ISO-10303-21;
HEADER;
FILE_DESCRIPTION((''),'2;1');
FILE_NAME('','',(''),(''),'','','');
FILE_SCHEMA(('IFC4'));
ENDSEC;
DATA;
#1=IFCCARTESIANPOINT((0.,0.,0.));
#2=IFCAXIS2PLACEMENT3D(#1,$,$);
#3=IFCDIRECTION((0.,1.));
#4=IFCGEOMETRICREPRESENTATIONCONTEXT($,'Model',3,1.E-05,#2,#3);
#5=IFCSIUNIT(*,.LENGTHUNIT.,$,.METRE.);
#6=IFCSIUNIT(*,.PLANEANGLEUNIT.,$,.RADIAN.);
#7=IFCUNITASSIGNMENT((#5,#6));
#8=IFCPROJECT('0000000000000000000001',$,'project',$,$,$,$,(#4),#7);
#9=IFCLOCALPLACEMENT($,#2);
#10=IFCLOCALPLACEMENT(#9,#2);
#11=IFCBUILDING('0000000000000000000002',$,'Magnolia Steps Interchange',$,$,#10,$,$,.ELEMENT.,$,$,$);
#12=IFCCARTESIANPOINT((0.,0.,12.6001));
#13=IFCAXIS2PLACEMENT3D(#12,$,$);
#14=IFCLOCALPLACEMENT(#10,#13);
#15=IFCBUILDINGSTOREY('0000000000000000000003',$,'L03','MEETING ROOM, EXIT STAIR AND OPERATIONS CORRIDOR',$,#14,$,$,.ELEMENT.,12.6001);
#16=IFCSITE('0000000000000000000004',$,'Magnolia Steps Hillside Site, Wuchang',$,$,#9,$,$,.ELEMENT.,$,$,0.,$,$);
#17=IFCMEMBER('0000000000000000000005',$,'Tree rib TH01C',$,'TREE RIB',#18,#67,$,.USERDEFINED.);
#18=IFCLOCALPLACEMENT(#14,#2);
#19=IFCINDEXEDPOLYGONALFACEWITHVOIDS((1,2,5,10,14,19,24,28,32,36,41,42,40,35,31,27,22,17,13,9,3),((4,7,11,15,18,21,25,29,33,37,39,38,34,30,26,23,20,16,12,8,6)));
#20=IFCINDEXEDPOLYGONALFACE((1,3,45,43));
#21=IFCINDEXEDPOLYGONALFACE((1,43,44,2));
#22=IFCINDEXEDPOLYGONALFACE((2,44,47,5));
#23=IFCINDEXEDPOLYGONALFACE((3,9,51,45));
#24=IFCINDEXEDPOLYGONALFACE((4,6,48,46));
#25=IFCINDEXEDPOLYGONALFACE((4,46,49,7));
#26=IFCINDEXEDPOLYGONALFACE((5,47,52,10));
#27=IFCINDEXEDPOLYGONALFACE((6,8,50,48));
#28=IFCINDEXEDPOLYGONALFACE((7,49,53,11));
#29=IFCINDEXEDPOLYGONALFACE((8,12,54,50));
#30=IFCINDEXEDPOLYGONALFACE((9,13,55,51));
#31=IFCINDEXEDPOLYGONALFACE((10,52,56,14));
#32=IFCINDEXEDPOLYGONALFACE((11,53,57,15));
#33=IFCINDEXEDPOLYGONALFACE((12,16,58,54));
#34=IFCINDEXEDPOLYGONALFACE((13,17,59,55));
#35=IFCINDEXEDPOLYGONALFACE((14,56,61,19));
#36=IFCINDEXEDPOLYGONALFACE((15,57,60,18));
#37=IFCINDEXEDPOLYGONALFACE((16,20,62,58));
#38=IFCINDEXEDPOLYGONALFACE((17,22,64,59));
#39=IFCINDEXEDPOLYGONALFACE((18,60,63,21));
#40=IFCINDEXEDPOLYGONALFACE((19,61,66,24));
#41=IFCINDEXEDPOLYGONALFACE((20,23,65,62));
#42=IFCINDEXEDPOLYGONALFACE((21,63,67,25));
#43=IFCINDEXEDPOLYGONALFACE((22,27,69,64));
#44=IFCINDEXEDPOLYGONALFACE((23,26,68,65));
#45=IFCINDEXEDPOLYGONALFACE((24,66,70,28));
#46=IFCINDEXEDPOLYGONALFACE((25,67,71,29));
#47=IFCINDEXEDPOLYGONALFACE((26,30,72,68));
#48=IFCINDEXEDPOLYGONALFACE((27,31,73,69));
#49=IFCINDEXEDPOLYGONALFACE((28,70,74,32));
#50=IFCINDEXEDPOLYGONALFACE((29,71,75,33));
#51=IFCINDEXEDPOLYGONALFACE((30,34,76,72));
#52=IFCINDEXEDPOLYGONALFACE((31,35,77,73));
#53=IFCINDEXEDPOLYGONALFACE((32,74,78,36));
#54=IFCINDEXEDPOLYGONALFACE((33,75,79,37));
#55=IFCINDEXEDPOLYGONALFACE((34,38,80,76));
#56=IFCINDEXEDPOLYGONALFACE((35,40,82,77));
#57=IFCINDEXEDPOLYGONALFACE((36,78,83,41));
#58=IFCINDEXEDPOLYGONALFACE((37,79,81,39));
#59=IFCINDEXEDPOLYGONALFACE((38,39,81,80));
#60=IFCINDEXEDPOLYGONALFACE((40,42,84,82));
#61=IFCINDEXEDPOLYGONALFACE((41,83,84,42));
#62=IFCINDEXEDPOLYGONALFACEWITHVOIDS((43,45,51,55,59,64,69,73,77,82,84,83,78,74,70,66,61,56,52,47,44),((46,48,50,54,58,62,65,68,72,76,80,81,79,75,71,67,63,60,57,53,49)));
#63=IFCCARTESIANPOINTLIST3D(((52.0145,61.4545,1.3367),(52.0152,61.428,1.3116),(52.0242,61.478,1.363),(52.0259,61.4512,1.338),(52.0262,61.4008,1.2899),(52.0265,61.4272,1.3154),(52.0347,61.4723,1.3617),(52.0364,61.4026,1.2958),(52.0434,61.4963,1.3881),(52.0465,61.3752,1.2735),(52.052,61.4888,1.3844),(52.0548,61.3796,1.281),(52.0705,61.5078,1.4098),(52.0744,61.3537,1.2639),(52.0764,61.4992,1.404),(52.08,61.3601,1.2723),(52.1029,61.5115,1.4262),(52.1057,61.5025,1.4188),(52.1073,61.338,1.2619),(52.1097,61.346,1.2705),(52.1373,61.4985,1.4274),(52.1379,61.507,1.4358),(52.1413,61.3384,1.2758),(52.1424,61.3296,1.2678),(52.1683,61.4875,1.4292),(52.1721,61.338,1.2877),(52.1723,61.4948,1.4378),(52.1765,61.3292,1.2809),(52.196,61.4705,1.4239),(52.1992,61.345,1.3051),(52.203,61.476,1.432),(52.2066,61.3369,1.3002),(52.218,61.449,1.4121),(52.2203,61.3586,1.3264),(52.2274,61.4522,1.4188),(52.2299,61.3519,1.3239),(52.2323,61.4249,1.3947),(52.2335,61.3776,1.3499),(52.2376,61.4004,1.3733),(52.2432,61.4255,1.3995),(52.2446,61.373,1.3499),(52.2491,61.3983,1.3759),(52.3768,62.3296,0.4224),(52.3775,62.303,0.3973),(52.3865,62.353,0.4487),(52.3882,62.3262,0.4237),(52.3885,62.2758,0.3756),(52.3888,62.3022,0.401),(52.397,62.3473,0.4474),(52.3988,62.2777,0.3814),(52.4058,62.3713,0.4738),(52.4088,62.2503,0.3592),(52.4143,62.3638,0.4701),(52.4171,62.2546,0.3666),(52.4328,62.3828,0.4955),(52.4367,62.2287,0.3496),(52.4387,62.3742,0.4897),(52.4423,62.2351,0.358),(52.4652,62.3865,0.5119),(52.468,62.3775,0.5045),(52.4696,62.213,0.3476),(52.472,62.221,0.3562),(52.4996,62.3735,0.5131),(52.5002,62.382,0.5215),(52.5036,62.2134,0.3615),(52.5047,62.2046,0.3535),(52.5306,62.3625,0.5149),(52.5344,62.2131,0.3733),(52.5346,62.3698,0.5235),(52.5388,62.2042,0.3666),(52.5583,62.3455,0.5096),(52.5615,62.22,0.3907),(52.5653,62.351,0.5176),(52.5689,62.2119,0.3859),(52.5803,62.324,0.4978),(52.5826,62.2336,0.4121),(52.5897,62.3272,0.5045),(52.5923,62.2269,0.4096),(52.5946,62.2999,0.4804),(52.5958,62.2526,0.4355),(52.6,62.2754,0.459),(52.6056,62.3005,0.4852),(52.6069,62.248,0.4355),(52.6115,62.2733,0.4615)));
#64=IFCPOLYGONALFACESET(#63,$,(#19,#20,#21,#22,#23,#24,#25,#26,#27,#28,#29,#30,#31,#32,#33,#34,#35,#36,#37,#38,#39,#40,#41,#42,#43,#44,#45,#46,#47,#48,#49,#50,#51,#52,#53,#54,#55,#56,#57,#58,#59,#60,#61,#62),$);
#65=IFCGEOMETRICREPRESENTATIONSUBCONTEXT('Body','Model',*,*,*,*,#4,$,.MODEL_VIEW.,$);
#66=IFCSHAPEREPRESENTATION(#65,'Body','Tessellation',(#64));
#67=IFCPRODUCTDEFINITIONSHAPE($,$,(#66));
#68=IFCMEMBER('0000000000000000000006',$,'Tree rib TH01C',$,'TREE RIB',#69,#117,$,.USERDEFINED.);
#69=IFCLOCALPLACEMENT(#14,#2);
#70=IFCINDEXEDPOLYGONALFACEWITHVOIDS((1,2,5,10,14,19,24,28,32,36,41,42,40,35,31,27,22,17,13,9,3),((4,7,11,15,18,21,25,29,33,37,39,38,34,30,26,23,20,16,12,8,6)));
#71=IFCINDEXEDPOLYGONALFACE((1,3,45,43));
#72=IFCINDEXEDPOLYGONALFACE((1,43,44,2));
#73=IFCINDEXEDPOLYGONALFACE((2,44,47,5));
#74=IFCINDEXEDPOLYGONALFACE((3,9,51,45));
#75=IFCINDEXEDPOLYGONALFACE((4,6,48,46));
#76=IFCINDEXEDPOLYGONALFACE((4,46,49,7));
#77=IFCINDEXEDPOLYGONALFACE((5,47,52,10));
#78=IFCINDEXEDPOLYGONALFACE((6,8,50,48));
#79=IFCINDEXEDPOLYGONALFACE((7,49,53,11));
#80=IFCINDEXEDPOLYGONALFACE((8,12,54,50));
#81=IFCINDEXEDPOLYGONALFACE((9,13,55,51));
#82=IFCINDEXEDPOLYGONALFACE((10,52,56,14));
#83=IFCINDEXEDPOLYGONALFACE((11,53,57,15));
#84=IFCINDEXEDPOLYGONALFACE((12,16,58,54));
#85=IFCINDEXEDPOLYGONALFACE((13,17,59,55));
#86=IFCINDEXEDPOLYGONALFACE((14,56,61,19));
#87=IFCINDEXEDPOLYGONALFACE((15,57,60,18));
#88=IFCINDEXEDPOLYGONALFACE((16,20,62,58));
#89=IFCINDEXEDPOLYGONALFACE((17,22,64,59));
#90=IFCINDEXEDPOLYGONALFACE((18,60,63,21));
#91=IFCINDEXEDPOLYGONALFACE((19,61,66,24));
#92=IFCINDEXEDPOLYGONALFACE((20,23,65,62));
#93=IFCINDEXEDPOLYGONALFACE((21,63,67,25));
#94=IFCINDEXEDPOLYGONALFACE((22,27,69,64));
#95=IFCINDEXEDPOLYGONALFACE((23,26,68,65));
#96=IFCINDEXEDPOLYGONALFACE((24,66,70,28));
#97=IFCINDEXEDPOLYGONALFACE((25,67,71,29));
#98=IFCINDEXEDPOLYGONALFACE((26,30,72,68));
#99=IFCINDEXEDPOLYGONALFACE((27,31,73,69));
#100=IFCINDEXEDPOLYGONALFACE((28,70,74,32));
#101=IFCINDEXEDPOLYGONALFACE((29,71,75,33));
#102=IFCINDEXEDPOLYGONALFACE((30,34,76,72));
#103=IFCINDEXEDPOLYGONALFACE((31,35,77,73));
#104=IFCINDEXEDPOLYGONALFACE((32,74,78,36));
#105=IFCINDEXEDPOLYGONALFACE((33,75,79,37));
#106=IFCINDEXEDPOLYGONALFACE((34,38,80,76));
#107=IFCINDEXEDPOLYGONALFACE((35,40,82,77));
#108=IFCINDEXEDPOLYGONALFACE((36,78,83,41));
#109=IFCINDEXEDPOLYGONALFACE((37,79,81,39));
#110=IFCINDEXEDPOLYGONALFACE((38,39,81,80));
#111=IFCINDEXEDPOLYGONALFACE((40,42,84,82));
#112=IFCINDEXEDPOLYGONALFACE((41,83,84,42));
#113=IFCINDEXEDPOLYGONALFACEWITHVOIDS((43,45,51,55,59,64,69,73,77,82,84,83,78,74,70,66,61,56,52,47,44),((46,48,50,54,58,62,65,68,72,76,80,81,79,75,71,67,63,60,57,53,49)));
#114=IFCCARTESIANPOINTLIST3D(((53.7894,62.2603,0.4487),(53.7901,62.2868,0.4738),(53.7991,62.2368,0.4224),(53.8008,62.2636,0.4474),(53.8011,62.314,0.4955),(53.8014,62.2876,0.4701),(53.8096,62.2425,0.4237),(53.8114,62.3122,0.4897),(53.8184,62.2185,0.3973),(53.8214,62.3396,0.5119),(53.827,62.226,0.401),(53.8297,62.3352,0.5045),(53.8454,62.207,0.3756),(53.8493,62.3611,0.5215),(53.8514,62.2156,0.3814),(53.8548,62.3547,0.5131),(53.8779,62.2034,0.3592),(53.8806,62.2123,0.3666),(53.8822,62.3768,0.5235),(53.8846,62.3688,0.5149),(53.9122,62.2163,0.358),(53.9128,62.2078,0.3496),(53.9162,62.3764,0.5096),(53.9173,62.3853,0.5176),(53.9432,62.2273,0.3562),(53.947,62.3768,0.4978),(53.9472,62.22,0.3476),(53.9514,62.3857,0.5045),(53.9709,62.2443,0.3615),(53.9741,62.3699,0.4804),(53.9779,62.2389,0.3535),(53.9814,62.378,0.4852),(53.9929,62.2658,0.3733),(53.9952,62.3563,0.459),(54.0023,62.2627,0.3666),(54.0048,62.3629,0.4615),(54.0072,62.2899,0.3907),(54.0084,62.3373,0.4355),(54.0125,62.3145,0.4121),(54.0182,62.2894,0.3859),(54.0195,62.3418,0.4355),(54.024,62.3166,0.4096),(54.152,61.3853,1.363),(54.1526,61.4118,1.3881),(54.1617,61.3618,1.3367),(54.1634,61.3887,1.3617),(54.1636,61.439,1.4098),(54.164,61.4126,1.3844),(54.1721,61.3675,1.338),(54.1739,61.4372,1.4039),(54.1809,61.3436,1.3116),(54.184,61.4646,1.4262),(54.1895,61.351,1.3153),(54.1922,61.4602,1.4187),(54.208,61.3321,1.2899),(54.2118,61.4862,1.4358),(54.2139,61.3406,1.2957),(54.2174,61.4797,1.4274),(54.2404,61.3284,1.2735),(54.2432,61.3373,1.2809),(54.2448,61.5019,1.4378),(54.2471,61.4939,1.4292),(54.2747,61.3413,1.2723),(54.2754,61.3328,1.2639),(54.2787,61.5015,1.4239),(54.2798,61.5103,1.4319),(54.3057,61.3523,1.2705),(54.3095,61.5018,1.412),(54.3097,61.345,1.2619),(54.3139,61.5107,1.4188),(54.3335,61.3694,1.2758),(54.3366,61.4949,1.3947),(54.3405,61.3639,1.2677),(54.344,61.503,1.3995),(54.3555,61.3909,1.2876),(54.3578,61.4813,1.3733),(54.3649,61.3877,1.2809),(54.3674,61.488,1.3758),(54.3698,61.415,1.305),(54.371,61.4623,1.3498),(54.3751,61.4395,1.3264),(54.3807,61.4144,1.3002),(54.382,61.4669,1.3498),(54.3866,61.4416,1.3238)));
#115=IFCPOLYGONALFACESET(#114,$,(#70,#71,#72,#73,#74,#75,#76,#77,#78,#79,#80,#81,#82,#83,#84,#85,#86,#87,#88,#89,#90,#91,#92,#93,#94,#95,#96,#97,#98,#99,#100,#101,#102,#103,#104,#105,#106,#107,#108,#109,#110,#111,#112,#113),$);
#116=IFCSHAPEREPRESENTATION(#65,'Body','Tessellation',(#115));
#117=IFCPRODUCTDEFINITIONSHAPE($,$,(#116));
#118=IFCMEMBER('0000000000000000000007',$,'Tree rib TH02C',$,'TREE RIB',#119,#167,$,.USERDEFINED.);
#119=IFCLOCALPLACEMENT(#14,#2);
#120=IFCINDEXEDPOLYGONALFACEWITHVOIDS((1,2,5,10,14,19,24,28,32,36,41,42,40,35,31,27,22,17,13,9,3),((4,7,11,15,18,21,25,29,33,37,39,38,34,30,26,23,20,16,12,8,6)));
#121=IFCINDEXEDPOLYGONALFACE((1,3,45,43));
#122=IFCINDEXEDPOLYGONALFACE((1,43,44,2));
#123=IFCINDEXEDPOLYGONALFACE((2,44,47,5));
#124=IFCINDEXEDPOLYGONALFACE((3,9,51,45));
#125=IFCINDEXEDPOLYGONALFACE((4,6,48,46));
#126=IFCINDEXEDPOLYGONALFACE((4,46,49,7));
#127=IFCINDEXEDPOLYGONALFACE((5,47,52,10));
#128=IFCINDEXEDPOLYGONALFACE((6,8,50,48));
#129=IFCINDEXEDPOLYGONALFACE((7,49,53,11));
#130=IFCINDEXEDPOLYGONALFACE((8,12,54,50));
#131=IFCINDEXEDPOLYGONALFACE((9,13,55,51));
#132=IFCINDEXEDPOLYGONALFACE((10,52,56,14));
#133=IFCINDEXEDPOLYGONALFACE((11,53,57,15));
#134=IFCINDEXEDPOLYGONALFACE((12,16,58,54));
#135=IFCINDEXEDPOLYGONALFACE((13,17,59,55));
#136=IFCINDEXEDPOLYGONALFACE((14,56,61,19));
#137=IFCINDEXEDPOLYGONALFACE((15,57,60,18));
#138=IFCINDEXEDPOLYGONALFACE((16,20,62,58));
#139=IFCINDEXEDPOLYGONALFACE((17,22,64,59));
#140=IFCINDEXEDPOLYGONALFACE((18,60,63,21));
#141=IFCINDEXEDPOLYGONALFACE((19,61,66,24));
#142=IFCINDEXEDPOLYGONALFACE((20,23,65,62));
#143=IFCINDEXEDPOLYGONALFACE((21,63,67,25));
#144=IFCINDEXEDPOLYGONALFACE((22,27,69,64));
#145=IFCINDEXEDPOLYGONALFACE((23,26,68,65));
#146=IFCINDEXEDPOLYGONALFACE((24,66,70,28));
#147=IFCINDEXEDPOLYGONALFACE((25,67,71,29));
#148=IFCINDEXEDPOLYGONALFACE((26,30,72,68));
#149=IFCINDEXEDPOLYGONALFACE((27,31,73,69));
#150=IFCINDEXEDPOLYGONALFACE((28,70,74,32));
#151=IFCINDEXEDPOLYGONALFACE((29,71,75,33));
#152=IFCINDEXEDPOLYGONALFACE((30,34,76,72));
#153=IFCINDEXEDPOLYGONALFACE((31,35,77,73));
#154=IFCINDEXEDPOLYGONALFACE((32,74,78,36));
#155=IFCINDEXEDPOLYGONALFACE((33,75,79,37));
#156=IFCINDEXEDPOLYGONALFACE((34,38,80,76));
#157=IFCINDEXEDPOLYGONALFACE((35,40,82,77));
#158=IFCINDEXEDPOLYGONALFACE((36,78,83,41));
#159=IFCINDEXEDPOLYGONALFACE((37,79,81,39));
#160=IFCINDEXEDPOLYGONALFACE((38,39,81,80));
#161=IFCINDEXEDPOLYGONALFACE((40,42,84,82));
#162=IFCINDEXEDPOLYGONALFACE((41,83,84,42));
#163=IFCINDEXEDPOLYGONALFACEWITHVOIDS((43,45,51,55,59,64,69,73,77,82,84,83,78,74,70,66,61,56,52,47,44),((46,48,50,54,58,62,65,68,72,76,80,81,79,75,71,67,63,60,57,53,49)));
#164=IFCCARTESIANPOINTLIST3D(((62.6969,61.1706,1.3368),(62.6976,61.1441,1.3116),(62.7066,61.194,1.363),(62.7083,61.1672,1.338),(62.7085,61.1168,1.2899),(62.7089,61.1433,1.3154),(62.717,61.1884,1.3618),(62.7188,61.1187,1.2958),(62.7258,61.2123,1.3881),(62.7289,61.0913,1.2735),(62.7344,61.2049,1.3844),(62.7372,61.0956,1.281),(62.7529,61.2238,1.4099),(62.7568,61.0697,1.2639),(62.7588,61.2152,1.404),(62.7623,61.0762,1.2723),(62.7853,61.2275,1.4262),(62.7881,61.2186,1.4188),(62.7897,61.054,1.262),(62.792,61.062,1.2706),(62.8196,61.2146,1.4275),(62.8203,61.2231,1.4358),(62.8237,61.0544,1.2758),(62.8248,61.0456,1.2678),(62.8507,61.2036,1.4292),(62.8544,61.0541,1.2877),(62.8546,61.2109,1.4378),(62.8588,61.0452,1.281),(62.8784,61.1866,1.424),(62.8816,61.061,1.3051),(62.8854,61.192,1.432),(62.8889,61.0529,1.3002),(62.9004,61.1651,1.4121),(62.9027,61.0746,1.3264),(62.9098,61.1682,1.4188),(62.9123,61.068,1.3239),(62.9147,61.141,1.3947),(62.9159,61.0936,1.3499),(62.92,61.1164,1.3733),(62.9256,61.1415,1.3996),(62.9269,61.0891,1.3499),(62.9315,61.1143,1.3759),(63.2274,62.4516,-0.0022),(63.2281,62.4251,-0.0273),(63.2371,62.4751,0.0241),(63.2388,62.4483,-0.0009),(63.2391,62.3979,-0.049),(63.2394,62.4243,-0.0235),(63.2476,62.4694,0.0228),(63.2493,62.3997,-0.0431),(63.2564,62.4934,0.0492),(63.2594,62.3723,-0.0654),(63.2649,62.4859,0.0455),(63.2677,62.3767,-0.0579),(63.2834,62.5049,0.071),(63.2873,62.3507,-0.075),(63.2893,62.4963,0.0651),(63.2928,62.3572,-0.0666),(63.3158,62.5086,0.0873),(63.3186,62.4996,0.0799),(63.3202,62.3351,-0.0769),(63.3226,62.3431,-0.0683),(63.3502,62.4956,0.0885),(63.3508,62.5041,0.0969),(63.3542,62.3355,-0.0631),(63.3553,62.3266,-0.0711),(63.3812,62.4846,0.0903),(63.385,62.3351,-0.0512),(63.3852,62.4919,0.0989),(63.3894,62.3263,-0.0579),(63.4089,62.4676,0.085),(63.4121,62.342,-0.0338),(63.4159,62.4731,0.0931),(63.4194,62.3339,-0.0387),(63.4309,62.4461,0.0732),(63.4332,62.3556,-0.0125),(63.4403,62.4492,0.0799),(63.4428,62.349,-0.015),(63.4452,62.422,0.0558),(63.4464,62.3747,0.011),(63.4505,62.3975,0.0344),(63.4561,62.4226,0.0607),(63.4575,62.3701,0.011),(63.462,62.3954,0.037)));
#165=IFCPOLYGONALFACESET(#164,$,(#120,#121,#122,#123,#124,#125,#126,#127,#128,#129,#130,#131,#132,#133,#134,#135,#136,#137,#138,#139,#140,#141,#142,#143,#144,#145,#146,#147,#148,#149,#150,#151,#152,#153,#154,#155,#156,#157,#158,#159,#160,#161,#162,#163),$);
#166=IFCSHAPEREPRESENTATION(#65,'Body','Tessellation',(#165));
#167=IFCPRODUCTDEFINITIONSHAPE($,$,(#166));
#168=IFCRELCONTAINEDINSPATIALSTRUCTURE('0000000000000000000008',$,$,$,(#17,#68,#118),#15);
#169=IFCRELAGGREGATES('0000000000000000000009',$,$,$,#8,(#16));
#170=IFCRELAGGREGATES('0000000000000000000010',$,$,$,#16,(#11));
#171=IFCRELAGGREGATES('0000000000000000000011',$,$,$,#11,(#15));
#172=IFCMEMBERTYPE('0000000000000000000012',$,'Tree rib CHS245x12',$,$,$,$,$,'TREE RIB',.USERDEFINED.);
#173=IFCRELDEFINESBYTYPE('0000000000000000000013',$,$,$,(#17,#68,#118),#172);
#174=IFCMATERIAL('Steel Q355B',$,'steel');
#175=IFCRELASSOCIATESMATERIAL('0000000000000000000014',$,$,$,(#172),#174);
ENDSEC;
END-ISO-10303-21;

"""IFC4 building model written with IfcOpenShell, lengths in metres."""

from ifc_helpers import new_model, si_unit, direction, frame, origin, origin_2d, place, context, subcontext, project, spatial, hollow_circle, extrude, material, material_profile, profile_set, type_object, element, save


model = new_model("IFC4")

# Units and contexts
model_context = context("Model", 3, precision=1e-05, world=origin(), true_north=direction((0.0, 1.0)))
body_context = subcontext(model_context, "Body", "Model", "MODEL_VIEW")
ifc_project = project(units=[si_unit("LENGTHUNIT", "METRE"), si_unit("PLANEANGLEUNIT", "RADIAN")], contexts=[model_context])

# Site, building, storey
site_placement = place(None, origin())
site = spatial("IfcSite", under=ifc_project, at=site_placement, Name="Magnolia Steps Hillside Site, Wuchang", CompositionType="ELEMENT", RefElevation=0.0)
building_placement = place(site_placement, origin())
building = spatial("IfcBuilding", under=site, at=building_placement, Name="Magnolia Steps Interchange", CompositionType="ELEMENT")
storey_placement = place(building_placement, frame((0.0, 0.0, 12.6001)))
storey = spatial("IfcBuildingStorey", under=building, at=storey_placement, Name="L03", Description="MEETING ROOM, EXIT STAIR AND OPERATIONS CORRIDOR", CompositionType="ELEMENT", Elevation=12.6001)

# Members
ifc_material_1 = material(Name="Steel Q355B", Category="steel")
ifc_material_profile_1 = material_profile(ifc_material_1, hollow_circle(Radius=0.1226, WallThickness=0.012, at=origin_2d()), Name="CHS245x12")
ifc_profile_set_1 = profile_set([ifc_material_profile_1], Name="Steel Q355B")
member_type = type_object("IfcMemberType", Name="Tree rib CHS245x12", ElementType="TREE RIB", PredefinedType="USERDEFINED", material=ifc_profile_set_1)
for number, where, z_axis, x_axis, name in (
    (1, (52.4937, 62.2949, 0.4355), (-0.275229, -0.664704, 0.694563), (0.923929, -0.382564, 0.0), "Tree rib TH01C"),
    (2, (53.9062, 62.2949, 0.4355), (0.2754, -0.66467, 0.694528), (0.923838, 0.382784, 0.0), "Tree rib TH01C"),
):
    element("IfcMember", number, at=place(storey_placement, frame(where, z_axis=z_axis, x_axis=x_axis)), inside=storey, type_object=member_type, Name=name, ObjectType="TREE RIB", PredefinedType="USERDEFINED", context=body_context, shape_type="SweptSolid", body=[
        extrude(hollow_circle(Radius=0.1226, WallThickness=0.012, at=origin_2d()), origin(), (0.0, 0.0, 1.0), 1.3164),
    ])
for number, where, z_axis, x_axis, name in (
    (3, (63.3442, 62.417, 0.011), (-0.275246, -0.664618, 0.694638), (0.923903, -0.382627, 0.0), "Tree rib TH02C"),
):
    element("IfcMember", number, at=place(storey_placement, frame(where, z_axis=z_axis, x_axis=x_axis)), inside=storey, type_object=member_type, Name=name, ObjectType="TREE RIB", PredefinedType="USERDEFINED", context=body_context, shape_type="SweptSolid", body=[
        extrude(hollow_circle(Radius=0.1226, WallThickness=0.012, at=origin_2d()), origin(), (0.0, 0.0, 1.0), 1.9275),
    ])

save(model, "model.ifc")
